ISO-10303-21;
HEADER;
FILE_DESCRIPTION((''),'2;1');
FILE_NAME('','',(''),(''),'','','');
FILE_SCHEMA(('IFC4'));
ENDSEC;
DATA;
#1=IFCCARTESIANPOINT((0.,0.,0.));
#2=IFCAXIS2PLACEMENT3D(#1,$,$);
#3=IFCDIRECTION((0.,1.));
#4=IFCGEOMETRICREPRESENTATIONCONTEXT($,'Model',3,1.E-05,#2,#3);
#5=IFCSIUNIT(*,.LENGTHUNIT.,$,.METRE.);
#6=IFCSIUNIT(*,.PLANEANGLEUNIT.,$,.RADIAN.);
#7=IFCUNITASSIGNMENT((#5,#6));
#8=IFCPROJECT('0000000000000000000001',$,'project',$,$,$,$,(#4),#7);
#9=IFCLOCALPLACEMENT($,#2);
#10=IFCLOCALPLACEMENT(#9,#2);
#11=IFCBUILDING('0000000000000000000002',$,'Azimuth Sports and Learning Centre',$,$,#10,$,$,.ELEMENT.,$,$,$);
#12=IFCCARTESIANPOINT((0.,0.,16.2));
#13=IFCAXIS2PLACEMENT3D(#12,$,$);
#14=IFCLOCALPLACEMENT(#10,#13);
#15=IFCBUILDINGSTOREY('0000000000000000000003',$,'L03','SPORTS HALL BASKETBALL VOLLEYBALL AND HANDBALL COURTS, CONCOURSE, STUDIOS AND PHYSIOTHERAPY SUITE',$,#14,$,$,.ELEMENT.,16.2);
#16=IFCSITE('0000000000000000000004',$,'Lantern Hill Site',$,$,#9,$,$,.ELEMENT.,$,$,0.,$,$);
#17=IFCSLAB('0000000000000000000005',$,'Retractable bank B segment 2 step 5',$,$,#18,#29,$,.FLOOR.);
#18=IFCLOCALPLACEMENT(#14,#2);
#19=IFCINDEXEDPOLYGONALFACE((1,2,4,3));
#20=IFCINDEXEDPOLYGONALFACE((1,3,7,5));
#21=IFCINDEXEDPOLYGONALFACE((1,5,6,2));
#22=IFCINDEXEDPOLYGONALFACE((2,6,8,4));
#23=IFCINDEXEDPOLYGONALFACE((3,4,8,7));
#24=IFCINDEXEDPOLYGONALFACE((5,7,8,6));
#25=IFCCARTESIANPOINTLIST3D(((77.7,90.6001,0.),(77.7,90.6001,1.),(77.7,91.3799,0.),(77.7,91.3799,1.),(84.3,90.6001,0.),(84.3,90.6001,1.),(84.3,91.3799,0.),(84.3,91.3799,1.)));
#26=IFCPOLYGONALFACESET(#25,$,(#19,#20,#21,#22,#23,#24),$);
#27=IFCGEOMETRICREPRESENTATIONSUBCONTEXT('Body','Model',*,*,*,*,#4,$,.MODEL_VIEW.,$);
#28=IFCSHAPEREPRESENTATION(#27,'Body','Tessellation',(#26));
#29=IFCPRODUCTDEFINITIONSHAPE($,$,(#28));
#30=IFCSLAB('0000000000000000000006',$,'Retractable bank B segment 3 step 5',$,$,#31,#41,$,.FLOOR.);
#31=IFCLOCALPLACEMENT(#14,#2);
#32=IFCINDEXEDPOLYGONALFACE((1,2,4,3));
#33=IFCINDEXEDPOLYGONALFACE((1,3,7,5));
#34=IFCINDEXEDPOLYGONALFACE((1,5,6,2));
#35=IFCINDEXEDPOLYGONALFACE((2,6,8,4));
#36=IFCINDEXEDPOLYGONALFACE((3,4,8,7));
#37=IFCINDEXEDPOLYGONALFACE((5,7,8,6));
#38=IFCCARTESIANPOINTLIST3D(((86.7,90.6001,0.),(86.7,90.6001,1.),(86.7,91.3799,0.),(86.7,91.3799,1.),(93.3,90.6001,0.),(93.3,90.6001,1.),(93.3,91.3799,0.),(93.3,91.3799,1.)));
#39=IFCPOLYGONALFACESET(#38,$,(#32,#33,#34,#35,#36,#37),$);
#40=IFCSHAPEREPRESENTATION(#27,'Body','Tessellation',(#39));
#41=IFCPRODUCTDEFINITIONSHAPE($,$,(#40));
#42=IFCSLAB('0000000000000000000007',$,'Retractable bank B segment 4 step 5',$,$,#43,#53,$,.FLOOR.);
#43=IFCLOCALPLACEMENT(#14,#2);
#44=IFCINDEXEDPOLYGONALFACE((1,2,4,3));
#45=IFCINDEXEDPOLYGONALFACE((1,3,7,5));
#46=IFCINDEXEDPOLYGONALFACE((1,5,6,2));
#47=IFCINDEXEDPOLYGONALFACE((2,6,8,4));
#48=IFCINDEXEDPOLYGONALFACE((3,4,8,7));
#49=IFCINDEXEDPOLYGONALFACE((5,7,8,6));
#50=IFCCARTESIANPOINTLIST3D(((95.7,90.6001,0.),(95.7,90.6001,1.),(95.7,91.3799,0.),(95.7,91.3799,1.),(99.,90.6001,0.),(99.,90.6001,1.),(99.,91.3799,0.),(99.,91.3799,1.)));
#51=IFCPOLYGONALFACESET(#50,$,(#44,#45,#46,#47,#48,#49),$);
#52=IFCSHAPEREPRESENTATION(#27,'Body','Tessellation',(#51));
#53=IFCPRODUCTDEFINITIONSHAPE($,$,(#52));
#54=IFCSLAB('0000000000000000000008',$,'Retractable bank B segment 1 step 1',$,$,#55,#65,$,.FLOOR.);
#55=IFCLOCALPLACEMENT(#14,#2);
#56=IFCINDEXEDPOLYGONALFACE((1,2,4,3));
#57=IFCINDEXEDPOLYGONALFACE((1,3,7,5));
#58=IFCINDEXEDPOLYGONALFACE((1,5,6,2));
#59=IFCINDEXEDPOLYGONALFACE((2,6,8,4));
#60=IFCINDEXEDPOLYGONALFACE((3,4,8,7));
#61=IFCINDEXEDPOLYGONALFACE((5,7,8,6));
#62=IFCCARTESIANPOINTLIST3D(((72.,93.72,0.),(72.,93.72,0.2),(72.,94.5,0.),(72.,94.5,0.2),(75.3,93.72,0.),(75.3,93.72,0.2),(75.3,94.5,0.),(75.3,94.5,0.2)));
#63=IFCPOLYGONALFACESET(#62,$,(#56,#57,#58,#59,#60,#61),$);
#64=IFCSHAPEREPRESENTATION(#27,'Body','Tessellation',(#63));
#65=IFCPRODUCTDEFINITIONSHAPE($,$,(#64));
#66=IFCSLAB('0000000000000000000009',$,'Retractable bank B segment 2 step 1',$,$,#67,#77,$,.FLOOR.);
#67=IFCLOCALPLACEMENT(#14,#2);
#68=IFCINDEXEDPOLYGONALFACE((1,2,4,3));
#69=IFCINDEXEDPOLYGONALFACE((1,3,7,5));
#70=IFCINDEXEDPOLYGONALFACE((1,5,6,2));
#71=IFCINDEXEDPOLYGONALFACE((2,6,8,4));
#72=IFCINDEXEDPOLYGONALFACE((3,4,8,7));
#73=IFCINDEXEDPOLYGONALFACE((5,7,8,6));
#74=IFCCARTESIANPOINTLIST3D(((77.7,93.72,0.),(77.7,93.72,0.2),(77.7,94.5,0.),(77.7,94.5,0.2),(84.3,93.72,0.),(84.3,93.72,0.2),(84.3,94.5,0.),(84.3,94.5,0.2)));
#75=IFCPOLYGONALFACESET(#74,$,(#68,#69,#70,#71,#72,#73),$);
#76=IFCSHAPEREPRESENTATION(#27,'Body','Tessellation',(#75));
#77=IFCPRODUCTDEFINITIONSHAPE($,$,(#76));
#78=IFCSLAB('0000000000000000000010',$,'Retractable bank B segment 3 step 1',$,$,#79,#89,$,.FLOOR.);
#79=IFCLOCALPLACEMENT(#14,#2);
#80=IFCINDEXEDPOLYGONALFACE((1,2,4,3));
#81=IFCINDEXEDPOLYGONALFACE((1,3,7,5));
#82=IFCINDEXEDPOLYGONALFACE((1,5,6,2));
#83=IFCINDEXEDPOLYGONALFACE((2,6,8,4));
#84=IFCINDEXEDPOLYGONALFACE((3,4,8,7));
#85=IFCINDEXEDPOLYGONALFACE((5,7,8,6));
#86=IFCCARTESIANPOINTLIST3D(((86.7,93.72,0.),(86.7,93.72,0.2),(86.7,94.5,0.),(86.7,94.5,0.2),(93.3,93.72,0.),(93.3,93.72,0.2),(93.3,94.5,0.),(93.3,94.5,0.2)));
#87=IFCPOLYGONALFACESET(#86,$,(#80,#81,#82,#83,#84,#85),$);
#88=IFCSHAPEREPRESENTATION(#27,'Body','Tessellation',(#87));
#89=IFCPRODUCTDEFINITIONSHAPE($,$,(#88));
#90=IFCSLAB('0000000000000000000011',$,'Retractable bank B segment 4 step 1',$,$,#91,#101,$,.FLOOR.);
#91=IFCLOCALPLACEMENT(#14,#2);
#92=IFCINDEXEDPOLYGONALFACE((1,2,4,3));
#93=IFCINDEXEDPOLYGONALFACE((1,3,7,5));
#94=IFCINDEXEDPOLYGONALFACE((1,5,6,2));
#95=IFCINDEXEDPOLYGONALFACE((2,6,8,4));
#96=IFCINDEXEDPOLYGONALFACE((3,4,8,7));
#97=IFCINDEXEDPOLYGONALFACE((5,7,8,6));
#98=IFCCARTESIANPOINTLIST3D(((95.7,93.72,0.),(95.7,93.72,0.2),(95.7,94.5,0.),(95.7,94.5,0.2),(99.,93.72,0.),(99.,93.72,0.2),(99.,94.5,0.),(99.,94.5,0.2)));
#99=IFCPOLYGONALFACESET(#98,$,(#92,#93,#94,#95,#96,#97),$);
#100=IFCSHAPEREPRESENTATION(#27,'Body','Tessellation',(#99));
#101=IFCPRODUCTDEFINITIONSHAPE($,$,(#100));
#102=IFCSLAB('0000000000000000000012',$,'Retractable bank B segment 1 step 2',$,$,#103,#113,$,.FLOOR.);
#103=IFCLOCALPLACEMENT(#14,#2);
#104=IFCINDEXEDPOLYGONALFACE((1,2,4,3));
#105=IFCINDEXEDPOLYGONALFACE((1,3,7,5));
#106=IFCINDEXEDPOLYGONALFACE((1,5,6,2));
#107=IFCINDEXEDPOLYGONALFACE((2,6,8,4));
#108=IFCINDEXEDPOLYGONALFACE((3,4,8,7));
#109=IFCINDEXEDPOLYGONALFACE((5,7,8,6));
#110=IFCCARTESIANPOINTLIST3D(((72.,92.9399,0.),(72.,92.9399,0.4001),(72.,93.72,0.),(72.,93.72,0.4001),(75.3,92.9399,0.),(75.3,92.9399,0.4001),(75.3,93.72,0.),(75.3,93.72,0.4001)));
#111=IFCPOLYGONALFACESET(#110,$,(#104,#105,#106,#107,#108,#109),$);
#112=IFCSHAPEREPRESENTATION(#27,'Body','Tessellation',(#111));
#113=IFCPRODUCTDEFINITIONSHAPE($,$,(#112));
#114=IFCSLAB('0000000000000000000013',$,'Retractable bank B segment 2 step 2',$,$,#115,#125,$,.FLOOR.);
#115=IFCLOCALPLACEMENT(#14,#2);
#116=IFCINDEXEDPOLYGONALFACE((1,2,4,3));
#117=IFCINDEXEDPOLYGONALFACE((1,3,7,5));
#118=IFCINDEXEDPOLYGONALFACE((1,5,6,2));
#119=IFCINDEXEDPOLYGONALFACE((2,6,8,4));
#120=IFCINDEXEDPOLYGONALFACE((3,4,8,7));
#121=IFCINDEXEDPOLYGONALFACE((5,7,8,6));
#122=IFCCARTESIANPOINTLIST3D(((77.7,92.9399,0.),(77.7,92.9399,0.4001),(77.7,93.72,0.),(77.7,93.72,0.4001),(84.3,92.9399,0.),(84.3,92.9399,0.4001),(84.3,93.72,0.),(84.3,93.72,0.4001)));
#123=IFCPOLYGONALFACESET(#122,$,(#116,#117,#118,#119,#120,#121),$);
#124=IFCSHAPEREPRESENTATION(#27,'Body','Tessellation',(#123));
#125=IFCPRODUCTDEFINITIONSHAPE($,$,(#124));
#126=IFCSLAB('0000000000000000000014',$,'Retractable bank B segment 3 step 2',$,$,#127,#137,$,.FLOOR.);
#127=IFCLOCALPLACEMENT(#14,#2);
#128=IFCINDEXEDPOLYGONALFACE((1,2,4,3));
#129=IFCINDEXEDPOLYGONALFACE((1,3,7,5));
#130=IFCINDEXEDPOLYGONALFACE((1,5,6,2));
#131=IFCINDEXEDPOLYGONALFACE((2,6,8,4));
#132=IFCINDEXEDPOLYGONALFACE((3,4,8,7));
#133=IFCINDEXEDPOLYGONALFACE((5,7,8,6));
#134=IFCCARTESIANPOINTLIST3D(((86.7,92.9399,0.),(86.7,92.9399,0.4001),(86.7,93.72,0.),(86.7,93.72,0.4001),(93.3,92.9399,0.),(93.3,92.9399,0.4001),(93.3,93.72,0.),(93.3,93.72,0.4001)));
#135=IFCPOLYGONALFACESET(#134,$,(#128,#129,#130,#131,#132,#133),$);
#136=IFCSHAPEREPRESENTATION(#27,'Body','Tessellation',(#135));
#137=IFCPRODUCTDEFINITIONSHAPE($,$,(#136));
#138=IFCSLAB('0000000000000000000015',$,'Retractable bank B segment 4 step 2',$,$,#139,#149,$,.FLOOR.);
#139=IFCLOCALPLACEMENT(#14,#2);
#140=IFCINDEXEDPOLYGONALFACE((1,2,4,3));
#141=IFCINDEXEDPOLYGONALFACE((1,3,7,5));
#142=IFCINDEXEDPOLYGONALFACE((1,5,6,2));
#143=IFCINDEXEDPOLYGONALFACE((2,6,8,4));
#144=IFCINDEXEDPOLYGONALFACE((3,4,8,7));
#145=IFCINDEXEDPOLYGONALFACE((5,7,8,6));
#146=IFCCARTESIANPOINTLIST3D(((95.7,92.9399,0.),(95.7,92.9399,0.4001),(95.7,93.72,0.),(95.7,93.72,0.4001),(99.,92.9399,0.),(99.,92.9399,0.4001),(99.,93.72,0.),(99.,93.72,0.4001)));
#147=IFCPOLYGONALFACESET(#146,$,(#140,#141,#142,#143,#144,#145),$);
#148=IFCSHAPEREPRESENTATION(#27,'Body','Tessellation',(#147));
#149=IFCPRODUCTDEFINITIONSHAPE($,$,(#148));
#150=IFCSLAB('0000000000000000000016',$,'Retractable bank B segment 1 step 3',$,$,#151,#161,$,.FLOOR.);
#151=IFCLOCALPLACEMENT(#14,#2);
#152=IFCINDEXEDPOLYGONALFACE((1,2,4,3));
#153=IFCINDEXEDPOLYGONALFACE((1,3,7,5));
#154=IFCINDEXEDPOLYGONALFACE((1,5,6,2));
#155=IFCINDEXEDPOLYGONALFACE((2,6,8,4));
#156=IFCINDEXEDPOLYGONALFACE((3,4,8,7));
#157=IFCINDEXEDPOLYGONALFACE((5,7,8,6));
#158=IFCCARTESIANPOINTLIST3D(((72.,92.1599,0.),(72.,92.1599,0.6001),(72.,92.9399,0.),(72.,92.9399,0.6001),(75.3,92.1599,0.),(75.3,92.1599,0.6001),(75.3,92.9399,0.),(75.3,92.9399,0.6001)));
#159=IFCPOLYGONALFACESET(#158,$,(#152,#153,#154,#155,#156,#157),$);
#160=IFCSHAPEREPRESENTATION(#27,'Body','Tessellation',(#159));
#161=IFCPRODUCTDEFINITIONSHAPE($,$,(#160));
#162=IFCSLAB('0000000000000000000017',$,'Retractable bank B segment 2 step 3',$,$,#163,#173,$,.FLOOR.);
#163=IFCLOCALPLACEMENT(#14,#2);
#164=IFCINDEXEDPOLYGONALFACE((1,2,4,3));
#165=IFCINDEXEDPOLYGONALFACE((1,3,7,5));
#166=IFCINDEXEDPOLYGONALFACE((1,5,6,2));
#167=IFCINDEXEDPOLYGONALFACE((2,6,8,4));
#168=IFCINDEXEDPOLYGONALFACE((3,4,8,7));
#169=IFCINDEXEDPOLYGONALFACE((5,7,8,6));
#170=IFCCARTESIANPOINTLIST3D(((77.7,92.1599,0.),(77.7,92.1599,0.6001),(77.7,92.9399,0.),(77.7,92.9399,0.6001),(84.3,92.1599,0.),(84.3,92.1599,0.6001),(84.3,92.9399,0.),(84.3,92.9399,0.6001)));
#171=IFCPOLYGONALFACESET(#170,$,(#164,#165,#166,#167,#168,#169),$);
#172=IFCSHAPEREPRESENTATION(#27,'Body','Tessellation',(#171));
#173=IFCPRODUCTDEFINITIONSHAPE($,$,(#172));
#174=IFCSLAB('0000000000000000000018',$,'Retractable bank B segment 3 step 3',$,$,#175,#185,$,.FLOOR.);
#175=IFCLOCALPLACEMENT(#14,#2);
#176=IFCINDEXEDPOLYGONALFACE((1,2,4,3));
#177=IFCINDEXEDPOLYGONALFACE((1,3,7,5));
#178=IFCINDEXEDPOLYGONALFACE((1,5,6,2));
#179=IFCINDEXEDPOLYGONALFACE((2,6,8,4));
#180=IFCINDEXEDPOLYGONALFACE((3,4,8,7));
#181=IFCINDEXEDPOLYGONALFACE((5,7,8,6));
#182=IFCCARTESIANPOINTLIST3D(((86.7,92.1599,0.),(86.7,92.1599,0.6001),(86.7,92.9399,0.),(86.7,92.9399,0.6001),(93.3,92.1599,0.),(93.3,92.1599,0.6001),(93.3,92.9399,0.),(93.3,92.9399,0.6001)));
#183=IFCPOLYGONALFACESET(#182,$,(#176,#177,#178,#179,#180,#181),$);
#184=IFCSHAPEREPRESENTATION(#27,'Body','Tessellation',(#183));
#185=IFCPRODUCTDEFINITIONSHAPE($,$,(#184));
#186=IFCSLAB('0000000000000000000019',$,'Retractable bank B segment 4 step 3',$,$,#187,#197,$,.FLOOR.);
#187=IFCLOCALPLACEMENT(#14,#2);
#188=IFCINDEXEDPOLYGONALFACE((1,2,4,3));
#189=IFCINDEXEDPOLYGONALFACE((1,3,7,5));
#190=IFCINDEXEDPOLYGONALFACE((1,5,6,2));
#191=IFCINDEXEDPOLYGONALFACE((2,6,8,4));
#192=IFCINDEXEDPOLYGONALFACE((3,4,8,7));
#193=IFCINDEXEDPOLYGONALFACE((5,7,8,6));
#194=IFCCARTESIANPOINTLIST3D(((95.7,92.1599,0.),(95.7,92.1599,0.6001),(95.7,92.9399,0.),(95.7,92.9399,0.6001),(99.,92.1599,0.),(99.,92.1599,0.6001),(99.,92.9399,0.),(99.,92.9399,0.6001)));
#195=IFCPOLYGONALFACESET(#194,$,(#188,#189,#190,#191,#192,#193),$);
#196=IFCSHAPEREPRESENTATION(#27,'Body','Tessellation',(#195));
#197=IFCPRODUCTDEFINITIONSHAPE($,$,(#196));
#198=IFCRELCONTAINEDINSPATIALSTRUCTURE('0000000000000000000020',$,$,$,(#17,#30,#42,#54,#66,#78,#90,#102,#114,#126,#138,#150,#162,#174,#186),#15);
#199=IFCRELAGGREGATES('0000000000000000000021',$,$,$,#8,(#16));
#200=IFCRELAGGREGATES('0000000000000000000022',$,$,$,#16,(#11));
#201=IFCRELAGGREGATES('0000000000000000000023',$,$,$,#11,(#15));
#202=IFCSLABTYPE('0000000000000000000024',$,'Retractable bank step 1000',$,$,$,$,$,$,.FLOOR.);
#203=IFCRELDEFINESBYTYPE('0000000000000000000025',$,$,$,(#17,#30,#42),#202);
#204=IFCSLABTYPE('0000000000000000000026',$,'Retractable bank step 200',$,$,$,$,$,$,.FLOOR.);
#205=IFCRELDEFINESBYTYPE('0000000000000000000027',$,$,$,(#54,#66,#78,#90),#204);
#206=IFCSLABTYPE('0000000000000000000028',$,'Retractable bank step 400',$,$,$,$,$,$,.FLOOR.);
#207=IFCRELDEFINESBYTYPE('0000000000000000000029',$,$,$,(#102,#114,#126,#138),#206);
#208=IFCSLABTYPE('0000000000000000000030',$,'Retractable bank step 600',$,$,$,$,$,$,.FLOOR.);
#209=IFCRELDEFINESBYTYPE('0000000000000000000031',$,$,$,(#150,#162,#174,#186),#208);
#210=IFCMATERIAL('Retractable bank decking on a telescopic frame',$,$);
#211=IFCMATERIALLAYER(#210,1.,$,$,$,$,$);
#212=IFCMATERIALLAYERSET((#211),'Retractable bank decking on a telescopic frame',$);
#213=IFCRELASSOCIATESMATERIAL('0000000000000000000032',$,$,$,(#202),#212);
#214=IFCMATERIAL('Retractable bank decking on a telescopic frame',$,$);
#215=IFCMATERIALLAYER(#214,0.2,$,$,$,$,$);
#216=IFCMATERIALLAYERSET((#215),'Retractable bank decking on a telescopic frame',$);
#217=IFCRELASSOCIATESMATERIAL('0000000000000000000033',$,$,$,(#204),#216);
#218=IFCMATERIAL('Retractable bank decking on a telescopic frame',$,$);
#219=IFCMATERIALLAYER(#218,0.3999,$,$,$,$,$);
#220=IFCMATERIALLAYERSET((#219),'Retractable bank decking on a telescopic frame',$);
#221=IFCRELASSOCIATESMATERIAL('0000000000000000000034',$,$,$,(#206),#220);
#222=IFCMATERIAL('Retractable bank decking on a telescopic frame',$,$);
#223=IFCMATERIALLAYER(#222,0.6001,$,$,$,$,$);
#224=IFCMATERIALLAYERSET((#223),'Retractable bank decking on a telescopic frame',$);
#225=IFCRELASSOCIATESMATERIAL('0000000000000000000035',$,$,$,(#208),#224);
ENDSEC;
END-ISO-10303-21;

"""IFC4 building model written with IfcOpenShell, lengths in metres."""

from ifc_helpers import new_model, si_unit, direction, frame, origin, place, context, subcontext, project, spatial, polyline, outline, extrude, material, layer, layer_set, type_object, element, save


model = new_model("IFC4")

# Units and contexts
model_context = context("Model", 3, precision=1e-05, world=origin(), true_north=direction((0.0, 1.0)))
body_context = subcontext(model_context, "Body", "Model", "MODEL_VIEW")
ifc_project = project(units=[si_unit("LENGTHUNIT", "METRE"), si_unit("PLANEANGLEUNIT", "RADIAN")], contexts=[model_context])

# Site, building, storey
site_placement = place(None, origin())
site = spatial("IfcSite", under=ifc_project, at=site_placement, Name="Lantern Hill Site", CompositionType="ELEMENT", RefElevation=0.0)
building_placement = place(site_placement, origin())
building = spatial("IfcBuilding", under=site, at=building_placement, Name="Azimuth Sports and Learning Centre", CompositionType="ELEMENT")
storey_placement = place(building_placement, frame((0.0, 0.0, 16.2)))
storey = spatial("IfcBuildingStorey", under=building, at=storey_placement, Name="L03", Description="SPORTS HALL BASKETBALL VOLLEYBALL AND HANDBALL COURTS, CONCOURSE, STUDIOS AND PHYSIOTHERAPY SUITE", CompositionType="ELEMENT", Elevation=16.2)

# Slabs
ifc_material_1 = material(Name="Retractable bank decking on a telescopic frame")
ifc_layer_1 = layer(ifc_material_1, 1.0)
ifc_layer_set_1 = layer_set([ifc_layer_1], Name="Retractable bank decking on a telescopic frame")
slab_type_1 = type_object("IfcSlabType", Name="Retractable bank step 1000", PredefinedType="FLOOR", material=ifc_layer_set_1)
slab_1_placement = place(storey_placement, origin())
element("IfcSlab", 1, at=slab_1_placement, inside=storey, type_object=slab_type_1, Name="Retractable bank B segment 2 step 5", PredefinedType="FLOOR", context=body_context, shape_type="SweptSolid", body=[
    extrude(outline(polyline([(77.7, 90.6001), (84.3, 90.6001), (84.3, 91.3799), (77.7, 91.3799), (77.7, 90.6001)])), origin(), (0.0, 0.0, 1.0), 1.0),
])
slab_2_placement = place(storey_placement, origin())
element("IfcSlab", 2, at=slab_2_placement, inside=storey, type_object=slab_type_1, Name="Retractable bank B segment 3 step 5", PredefinedType="FLOOR", context=body_context, shape_type="SweptSolid", body=[
    extrude(outline(polyline([(86.7, 90.6001), (93.3, 90.6001), (93.3, 91.3799), (86.7, 91.3799), (86.7, 90.6001)])), origin(), (0.0, 0.0, 1.0), 1.0),
])
slab_3_placement = place(storey_placement, origin())
element("IfcSlab", 3, at=slab_3_placement, inside=storey, type_object=slab_type_1, Name="Retractable bank B segment 4 step 5", PredefinedType="FLOOR", context=body_context, shape_type="SweptSolid", body=[
    extrude(outline(polyline([(95.7, 90.6001), (99.0, 90.6001), (99.0, 91.3799), (95.7, 91.3799), (95.7, 90.6001)])), origin(), (0.0, 0.0, 1.0), 1.0),
])
ifc_material_2 = material(Name="Retractable bank decking on a telescopic frame")
ifc_layer_2 = layer(ifc_material_2, 0.2)
ifc_layer_set_2 = layer_set([ifc_layer_2], Name="Retractable bank decking on a telescopic frame")
slab_type_2 = type_object("IfcSlabType", Name="Retractable bank step 200", PredefinedType="FLOOR", material=ifc_layer_set_2)
slab_4_placement = place(storey_placement, origin())
element("IfcSlab", 4, at=slab_4_placement, inside=storey, type_object=slab_type_2, Name="Retractable bank B segment 1 step 1", PredefinedType="FLOOR", context=body_context, shape_type="SweptSolid", body=[
    extrude(outline(polyline([(72.0, 93.72), (75.3, 93.72), (75.3, 94.5), (72.0, 94.5), (72.0, 93.72)])), origin(), (0.0, 0.0, 1.0), 0.2),
])
slab_5_placement = place(storey_placement, origin())
element("IfcSlab", 5, at=slab_5_placement, inside=storey, type_object=slab_type_2, Name="Retractable bank B segment 2 step 1", PredefinedType="FLOOR", context=body_context, shape_type="SweptSolid", body=[
    extrude(outline(polyline([(77.7, 93.72), (84.3, 93.72), (84.3, 94.5), (77.7, 94.5), (77.7, 93.72)])), origin(), (0.0, 0.0, 1.0), 0.2),
])
slab_6_placement = place(storey_placement, origin())
element("IfcSlab", 6, at=slab_6_placement, inside=storey, type_object=slab_type_2, Name="Retractable bank B segment 3 step 1", PredefinedType="FLOOR", context=body_context, shape_type="SweptSolid", body=[
    extrude(outline(polyline([(86.7, 93.72), (93.3, 93.72), (93.3, 94.5), (86.7, 94.5), (86.7, 93.72)])), origin(), (0.0, 0.0, 1.0), 0.2),
])
slab_7_placement = place(storey_placement, origin())
element("IfcSlab", 7, at=slab_7_placement, inside=storey, type_object=slab_type_2, Name="Retractable bank B segment 4 step 1", PredefinedType="FLOOR", context=body_context, shape_type="SweptSolid", body=[
    extrude(outline(polyline([(95.7, 93.72), (99.0, 93.72), (99.0, 94.5), (95.7, 94.5), (95.7, 93.72)])), origin(), (0.0, 0.0, 1.0), 0.2),
])
ifc_material_3 = material(Name="Retractable bank decking on a telescopic frame")
ifc_layer_3 = layer(ifc_material_3, 0.3999)
ifc_layer_set_3 = layer_set([ifc_layer_3], Name="Retractable bank decking on a telescopic frame")
slab_type_3 = type_object("IfcSlabType", Name="Retractable bank step 400", PredefinedType="FLOOR", material=ifc_layer_set_3)
slab_8_placement = place(storey_placement, origin())
element("IfcSlab", 8, at=slab_8_placement, inside=storey, type_object=slab_type_3, Name="Retractable bank B segment 1 step 2", PredefinedType="FLOOR", context=body_context, shape_type="SweptSolid", body=[
    extrude(outline(polyline([(72.0, 92.9399), (75.3, 92.9399), (75.3, 93.72), (72.0, 93.72), (72.0, 92.9399)])), origin(), (0.0, 0.0, 1.0), 0.4001),
])
slab_9_placement = place(storey_placement, origin())
element("IfcSlab", 9, at=slab_9_placement, inside=storey, type_object=slab_type_3, Name="Retractable bank B segment 2 step 2", PredefinedType="FLOOR", context=body_context, shape_type="SweptSolid", body=[
    extrude(outline(polyline([(77.7, 92.9399), (84.3, 92.9399), (84.3, 93.72), (77.7, 93.72), (77.7, 92.9399)])), origin(), (0.0, 0.0, 1.0), 0.4001),
])
slab_10_placement = place(storey_placement, origin())
element("IfcSlab", 10, at=slab_10_placement, inside=storey, type_object=slab_type_3, Name="Retractable bank B segment 3 step 2", PredefinedType="FLOOR", context=body_context, shape_type="SweptSolid", body=[
    extrude(outline(polyline([(86.7, 92.9399), (93.3, 92.9399), (93.3, 93.72), (86.7, 93.72), (86.7, 92.9399)])), origin(), (0.0, 0.0, 1.0), 0.4001),
])
slab_11_placement = place(storey_placement, origin())
element("IfcSlab", 11, at=slab_11_placement, inside=storey, type_object=slab_type_3, Name="Retractable bank B segment 4 step 2", PredefinedType="FLOOR", context=body_context, shape_type="SweptSolid", body=[
    extrude(outline(polyline([(95.7, 92.9399), (99.0, 92.9399), (99.0, 93.72), (95.7, 93.72), (95.7, 92.9399)])), origin(), (0.0, 0.0, 1.0), 0.4001),
])
ifc_material_4 = material(Name="Retractable bank decking on a telescopic frame")
ifc_layer_4 = layer(ifc_material_4, 0.6001)
ifc_layer_set_4 = layer_set([ifc_layer_4], Name="Retractable bank decking on a telescopic frame")
slab_type_4 = type_object("IfcSlabType", Name="Retractable bank step 600", PredefinedType="FLOOR", material=ifc_layer_set_4)
slab_12_placement = place(storey_placement, origin())
element("IfcSlab", 12, at=slab_12_placement, inside=storey, type_object=slab_type_4, Name="Retractable bank B segment 1 step 3", PredefinedType="FLOOR", context=body_context, shape_type="SweptSolid", body=[
    extrude(outline(polyline([(72.0, 92.1599), (75.3, 92.1599), (75.3, 92.9399), (72.0, 92.9399), (72.0, 92.1599)])), origin(), (0.0, 0.0, 1.0), 0.6001),
])
slab_13_placement = place(storey_placement, origin())
element("IfcSlab", 13, at=slab_13_placement, inside=storey, type_object=slab_type_4, Name="Retractable bank B segment 2 step 3", PredefinedType="FLOOR", context=body_context, shape_type="SweptSolid", body=[
    extrude(outline(polyline([(77.7, 92.1599), (84.3, 92.1599), (84.3, 92.9399), (77.7, 92.9399), (77.7, 92.1599)])), origin(), (0.0, 0.0, 1.0), 0.6001),
])
slab_14_placement = place(storey_placement, origin())
element("IfcSlab", 14, at=slab_14_placement, inside=storey, type_object=slab_type_4, Name="Retractable bank B segment 3 step 3", PredefinedType="FLOOR", context=body_context, shape_type="SweptSolid", body=[
    extrude(outline(polyline([(86.7, 92.1599), (93.3, 92.1599), (93.3, 92.9399), (86.7, 92.9399), (86.7, 92.1599)])), origin(), (0.0, 0.0, 1.0), 0.6001),
])
slab_15_placement = place(storey_placement, origin())
element("IfcSlab", 15, at=slab_15_placement, inside=storey, type_object=slab_type_4, Name="Retractable bank B segment 4 step 3", PredefinedType="FLOOR", context=body_context, shape_type="SweptSolid", body=[
    extrude(outline(polyline([(95.7, 92.1599), (99.0, 92.1599), (99.0, 92.9399), (95.7, 92.9399), (95.7, 92.1599)])), origin(), (0.0, 0.0, 1.0), 0.6001),
])

save(model, "model.ifc")
